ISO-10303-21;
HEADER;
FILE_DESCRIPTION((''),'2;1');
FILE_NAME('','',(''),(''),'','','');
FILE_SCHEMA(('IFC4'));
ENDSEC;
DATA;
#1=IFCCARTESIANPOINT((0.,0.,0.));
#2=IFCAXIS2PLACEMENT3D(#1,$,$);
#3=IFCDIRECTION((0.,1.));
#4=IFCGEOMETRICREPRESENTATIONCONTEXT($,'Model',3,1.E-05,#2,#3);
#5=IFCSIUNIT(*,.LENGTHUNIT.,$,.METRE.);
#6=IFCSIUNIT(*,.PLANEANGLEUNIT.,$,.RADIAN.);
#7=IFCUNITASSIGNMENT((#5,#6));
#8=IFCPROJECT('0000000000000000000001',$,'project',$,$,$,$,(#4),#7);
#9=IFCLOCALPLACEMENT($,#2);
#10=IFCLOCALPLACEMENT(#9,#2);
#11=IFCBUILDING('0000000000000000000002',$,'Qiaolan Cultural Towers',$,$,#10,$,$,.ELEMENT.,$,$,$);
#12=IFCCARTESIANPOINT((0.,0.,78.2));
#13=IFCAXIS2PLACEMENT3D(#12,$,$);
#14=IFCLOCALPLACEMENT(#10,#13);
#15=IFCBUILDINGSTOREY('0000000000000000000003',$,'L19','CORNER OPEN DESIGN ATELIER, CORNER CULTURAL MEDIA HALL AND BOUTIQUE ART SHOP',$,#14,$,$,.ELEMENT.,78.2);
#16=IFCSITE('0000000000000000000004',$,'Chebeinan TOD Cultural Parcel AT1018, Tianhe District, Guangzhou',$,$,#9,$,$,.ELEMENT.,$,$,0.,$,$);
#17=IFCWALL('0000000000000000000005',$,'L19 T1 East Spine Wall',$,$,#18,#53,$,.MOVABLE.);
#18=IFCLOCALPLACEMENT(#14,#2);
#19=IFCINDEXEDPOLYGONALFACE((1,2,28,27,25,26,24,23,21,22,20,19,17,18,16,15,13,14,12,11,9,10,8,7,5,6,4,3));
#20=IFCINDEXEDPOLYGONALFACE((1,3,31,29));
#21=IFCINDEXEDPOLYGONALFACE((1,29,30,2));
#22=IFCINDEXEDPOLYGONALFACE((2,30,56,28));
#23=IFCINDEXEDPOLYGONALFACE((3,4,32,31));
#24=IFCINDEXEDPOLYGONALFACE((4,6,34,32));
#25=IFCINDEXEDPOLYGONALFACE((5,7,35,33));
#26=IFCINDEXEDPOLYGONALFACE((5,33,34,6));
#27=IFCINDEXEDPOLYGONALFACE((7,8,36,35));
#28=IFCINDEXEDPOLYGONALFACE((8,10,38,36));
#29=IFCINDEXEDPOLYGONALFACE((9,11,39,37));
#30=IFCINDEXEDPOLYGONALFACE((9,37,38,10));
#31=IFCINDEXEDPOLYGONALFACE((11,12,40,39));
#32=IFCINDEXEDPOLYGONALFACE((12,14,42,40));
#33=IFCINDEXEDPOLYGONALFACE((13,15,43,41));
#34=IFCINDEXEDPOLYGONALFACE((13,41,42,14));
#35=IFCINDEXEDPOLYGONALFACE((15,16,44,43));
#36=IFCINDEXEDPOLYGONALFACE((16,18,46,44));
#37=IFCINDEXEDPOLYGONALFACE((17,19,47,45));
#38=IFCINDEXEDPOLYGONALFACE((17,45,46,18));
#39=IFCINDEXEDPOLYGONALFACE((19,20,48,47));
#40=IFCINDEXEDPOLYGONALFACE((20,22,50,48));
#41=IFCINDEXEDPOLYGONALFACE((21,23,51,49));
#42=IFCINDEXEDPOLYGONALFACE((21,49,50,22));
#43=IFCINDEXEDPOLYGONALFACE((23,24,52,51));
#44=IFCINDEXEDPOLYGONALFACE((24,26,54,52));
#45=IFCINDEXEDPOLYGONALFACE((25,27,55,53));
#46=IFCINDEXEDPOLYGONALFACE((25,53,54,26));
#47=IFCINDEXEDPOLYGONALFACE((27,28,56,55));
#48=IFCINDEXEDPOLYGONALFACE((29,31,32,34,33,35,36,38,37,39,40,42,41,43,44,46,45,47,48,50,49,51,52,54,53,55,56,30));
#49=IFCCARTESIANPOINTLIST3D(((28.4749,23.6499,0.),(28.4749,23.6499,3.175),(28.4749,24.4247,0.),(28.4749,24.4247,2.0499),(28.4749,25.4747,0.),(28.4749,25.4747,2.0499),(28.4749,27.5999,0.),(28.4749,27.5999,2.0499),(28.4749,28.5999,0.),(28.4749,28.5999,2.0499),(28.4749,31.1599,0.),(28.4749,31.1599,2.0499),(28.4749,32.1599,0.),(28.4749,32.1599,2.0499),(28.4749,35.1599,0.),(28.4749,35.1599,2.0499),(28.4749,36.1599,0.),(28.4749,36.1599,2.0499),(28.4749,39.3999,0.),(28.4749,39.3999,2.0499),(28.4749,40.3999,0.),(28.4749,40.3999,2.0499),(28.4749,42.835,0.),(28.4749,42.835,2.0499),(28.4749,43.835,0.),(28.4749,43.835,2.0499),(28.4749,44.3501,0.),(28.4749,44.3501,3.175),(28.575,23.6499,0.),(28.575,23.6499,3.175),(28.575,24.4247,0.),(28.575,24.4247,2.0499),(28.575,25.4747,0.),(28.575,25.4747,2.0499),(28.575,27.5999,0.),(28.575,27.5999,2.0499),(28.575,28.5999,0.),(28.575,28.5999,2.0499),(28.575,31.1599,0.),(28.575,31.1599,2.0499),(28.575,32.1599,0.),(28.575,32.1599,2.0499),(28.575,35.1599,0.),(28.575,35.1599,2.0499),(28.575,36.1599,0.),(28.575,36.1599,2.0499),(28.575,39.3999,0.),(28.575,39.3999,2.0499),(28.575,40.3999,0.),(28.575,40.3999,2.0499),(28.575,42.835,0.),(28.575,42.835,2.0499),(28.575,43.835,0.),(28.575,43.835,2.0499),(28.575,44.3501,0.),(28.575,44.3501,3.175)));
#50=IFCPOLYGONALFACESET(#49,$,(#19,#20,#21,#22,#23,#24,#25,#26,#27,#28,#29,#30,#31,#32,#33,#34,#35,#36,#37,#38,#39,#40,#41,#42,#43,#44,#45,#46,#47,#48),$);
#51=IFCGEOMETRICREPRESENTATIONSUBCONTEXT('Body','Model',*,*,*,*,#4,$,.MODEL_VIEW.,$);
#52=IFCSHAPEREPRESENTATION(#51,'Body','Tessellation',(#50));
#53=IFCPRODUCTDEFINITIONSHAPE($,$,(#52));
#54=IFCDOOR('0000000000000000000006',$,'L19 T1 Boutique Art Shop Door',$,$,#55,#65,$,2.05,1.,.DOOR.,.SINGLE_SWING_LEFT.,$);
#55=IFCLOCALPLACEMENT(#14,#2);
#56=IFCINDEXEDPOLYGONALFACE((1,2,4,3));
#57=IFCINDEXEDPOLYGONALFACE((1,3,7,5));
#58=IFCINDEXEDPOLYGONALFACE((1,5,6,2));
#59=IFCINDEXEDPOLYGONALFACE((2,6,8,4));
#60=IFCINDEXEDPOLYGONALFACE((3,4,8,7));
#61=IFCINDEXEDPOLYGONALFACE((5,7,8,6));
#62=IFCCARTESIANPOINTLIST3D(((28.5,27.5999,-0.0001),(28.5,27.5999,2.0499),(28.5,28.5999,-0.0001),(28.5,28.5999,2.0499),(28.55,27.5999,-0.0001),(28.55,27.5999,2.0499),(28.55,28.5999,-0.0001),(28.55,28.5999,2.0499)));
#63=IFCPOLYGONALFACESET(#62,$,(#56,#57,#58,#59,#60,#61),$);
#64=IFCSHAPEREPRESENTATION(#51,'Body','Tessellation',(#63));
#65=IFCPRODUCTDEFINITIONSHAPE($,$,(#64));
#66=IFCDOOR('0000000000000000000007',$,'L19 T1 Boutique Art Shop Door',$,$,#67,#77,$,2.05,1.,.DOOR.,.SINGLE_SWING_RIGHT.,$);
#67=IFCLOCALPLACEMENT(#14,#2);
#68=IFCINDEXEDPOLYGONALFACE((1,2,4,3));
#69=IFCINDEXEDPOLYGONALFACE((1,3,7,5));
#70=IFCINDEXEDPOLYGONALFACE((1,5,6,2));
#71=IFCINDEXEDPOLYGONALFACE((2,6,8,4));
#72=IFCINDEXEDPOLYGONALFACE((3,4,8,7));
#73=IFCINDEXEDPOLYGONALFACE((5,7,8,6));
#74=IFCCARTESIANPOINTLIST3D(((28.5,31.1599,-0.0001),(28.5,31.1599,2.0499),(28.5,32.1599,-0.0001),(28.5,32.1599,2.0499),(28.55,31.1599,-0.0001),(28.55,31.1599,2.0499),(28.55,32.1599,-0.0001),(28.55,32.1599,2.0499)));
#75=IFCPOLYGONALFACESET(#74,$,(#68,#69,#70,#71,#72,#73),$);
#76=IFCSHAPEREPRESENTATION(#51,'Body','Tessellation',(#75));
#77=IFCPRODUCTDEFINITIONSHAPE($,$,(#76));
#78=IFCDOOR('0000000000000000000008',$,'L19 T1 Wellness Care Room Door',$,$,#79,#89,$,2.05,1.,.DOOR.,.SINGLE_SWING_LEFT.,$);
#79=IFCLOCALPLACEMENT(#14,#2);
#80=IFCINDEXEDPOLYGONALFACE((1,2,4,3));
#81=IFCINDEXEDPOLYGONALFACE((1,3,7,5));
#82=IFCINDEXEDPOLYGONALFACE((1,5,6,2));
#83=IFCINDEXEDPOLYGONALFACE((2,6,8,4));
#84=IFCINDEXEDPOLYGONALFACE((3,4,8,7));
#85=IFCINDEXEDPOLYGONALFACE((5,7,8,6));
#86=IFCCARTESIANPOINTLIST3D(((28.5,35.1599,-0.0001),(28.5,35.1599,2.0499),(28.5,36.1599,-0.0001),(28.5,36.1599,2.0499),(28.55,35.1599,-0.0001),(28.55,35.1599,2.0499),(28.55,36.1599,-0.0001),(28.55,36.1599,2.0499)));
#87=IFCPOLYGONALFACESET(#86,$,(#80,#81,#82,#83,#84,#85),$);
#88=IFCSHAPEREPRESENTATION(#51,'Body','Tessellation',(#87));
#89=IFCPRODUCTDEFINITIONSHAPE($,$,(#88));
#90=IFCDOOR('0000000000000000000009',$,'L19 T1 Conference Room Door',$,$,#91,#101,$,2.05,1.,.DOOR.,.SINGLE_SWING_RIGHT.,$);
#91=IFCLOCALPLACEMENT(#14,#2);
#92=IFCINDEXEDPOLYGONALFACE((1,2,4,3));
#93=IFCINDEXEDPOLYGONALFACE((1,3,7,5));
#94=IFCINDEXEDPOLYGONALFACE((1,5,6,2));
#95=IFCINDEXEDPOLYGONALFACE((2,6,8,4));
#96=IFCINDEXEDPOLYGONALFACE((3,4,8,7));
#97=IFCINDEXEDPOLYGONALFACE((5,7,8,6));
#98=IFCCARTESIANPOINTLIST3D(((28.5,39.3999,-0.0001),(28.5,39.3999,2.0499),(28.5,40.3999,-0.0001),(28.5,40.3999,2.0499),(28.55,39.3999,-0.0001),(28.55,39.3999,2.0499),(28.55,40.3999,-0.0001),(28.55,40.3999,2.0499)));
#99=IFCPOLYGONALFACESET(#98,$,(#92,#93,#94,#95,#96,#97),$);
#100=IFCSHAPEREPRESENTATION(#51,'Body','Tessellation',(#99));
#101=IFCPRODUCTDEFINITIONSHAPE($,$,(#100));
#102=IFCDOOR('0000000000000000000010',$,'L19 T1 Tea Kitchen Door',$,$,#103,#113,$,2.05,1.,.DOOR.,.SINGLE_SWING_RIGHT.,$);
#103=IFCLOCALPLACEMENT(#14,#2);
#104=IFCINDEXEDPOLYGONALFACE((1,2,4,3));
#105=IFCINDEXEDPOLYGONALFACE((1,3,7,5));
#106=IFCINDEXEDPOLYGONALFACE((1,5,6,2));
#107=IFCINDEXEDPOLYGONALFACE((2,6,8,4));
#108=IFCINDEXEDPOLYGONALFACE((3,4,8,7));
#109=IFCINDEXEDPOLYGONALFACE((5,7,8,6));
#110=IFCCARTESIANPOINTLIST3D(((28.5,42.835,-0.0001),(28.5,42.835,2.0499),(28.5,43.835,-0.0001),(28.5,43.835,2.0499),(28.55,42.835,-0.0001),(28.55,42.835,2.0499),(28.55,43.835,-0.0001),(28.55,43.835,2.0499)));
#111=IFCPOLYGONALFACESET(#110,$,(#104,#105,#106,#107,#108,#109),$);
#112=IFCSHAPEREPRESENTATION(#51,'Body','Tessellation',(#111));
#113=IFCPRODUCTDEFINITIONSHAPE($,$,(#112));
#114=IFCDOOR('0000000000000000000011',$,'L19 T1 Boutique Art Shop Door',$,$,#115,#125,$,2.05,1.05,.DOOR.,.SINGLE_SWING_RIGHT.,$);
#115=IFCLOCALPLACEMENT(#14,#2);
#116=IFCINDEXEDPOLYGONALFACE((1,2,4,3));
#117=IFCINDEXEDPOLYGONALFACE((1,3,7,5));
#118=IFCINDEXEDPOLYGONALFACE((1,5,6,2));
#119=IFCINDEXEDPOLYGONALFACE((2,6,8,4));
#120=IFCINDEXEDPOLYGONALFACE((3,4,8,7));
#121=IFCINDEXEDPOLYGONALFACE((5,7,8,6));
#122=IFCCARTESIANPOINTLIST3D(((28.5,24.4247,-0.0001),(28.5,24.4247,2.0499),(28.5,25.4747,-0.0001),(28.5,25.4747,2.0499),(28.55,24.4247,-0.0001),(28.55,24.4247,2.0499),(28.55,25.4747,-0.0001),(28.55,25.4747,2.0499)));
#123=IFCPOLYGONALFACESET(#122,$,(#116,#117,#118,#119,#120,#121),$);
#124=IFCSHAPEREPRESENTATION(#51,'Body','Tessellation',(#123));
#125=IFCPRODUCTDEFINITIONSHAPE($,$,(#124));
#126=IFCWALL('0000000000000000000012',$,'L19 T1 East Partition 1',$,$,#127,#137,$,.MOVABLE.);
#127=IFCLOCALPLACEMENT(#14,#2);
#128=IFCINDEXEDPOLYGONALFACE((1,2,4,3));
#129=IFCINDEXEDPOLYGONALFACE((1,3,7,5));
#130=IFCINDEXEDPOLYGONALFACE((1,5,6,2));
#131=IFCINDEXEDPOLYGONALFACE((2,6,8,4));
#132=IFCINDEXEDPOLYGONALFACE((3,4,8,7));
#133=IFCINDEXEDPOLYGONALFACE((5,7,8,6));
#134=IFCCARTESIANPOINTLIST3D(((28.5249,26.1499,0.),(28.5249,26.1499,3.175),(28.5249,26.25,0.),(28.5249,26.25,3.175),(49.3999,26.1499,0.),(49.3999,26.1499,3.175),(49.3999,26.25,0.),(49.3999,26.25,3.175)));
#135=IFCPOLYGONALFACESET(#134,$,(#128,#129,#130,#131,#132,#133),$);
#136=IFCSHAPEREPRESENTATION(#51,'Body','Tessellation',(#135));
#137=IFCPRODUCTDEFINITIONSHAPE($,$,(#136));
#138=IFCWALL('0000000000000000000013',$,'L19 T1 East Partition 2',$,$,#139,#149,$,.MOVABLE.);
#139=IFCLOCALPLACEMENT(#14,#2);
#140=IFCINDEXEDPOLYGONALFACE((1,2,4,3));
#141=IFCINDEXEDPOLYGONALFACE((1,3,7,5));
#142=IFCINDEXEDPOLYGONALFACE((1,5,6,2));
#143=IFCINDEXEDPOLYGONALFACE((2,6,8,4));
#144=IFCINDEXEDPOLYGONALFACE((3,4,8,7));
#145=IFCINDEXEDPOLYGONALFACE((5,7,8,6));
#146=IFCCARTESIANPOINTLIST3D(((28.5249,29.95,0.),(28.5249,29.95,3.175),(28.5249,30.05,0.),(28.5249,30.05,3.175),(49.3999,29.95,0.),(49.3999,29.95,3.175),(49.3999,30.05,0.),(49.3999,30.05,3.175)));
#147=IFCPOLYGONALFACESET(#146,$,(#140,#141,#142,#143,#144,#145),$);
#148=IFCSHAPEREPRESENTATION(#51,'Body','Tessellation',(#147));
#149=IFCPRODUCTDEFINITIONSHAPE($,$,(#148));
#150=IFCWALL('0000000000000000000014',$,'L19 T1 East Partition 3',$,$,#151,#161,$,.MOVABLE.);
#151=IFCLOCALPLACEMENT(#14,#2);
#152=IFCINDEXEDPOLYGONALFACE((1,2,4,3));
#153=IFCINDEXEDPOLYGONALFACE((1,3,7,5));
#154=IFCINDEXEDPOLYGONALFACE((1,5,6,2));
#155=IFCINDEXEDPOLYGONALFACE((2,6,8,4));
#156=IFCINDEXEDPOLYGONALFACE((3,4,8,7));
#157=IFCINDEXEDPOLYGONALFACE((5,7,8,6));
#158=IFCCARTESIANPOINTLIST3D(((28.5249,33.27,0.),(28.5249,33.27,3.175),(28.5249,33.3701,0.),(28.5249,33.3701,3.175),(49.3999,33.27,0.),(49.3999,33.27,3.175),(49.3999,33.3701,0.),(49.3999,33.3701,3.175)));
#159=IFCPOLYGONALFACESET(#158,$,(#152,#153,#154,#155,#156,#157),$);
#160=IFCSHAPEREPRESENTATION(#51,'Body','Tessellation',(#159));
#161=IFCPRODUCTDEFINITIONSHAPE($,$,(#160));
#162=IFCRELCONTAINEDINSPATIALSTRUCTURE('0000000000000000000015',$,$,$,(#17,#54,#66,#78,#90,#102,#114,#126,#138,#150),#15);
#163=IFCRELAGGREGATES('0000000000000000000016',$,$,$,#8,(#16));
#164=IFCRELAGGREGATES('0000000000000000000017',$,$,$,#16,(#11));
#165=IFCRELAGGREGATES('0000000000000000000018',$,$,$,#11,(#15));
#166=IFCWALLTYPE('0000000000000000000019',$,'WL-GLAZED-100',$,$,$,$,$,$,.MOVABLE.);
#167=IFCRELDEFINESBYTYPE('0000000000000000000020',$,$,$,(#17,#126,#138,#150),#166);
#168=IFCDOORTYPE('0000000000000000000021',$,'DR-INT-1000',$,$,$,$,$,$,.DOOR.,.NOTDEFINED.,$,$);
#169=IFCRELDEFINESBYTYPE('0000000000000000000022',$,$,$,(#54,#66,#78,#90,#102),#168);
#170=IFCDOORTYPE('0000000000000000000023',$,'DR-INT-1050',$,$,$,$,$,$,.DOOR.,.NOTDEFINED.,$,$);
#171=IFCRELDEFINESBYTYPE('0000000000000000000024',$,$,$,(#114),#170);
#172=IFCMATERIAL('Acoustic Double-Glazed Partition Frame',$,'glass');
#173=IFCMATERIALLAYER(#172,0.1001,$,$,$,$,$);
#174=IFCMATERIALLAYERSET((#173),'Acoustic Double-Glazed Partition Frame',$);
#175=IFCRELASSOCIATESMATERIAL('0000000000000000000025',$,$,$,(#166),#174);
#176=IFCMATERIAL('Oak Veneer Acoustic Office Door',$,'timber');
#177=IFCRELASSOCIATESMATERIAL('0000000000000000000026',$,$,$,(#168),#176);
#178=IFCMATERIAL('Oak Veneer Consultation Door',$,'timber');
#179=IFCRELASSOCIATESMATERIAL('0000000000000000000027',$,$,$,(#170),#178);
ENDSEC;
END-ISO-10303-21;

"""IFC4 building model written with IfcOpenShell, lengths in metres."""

from ifc_helpers import new_model, si_unit, direction, frame, frame_2d, origin, place, context, subcontext, project, spatial, rectangle, extrude, material, layer, layer_set, type_object, element, fill, save


model = new_model("IFC4")

# Units and contexts
model_context = context("Model", 3, precision=1e-05, world=origin(), true_north=direction((0.0, 1.0)))
body_context = subcontext(model_context, "Body", "Model", "MODEL_VIEW")
ifc_project = project(units=[si_unit("LENGTHUNIT", "METRE"), si_unit("PLANEANGLEUNIT", "RADIAN")], contexts=[model_context])

# Site, building, storey
site_placement = place(None, origin())
site = spatial("IfcSite", under=ifc_project, at=site_placement, Name="Chebeinan TOD Cultural Parcel AT1018, Tianhe District, Guangzhou", CompositionType="ELEMENT", RefElevation=0.0)
building_placement = place(site_placement, origin())
building = spatial("IfcBuilding", under=site, at=building_placement, Name="Qiaolan Cultural Towers", CompositionType="ELEMENT")
storey_placement = place(building_placement, frame((0.0, 0.0, 78.2)))
storey = spatial("IfcBuildingStorey", under=building, at=storey_placement, Name="L19", Description="CORNER OPEN DESIGN ATELIER, CORNER CULTURAL MEDIA HALL AND BOUTIQUE ART SHOP", CompositionType="ELEMENT", Elevation=78.2)

# Shared definitions
ifc_material_1 = material(Name="Acoustic Double-Glazed Partition Frame", Category="glass")
ifc_layer_1 = layer(ifc_material_1, 0.1001)
ifc_layer_set_1 = layer_set([ifc_layer_1], Name="Acoustic Double-Glazed Partition Frame")
wall_type_1 = type_object("IfcWallType", Name="WL-GLAZED-100", PredefinedType="MOVABLE", material=ifc_layer_set_1)

# Wall, openings, doors
wall_1_placement = place(storey_placement, frame((28.5249, 23.6499, 0.0), z_axis=(0.0, 0.0, 1.0), x_axis=(0.0, 1.0, 0.0)))
wall_1 = element("IfcWall", 1, at=wall_1_placement, inside=storey, type_object=wall_type_1, Name="L19 T1 East Spine Wall", PredefinedType="MOVABLE", context=body_context, shape_type="SweptSolid", body=[
    extrude(rectangle(XDim=20.7002, YDim=0.1001, at=frame_2d((10.3501, 0.0))), origin(), (0.0, 0.0, 1.0), 3.175),
])
opening_1_placement = place(wall_1_placement, frame((0.7749, 0.0, 0.0)))
opening_1 = element("IfcOpeningElement", 2, at=opening_1_placement, cuts=wall_1, PredefinedType="OPENING", context=body_context, shape_type="SweptSolid", body=[
    extrude(rectangle(XDim=1.05, YDim=2.05, at=frame_2d((0.5249, 1.0249))), frame((0.0, 0.0601, 0.0), z_axis=(0.0, -1.0, 0.0), x_axis=(1.0, 0.0, 0.0)), (0.0, 0.0, 1.0), 0.1201),
])
opening_2_placement = place(wall_1_placement, frame((3.95, 0.0, 0.0)))
opening_2 = element("IfcOpeningElement", 3, at=opening_2_placement, cuts=wall_1, PredefinedType="OPENING", context=body_context, shape_type="SweptSolid", body=[
    extrude(rectangle(XDim=1.0, YDim=2.05, at=frame_2d((0.5, 1.0249))), frame((0.0, 0.0601, 0.0), z_axis=(0.0, -1.0, 0.0), x_axis=(1.0, 0.0, 0.0)), (0.0, 0.0, 1.0), 0.1201),
])
opening_3_placement = place(wall_1_placement, frame((7.51, 0.0, 0.0)))
opening_3 = element("IfcOpeningElement", 4, at=opening_3_placement, cuts=wall_1, PredefinedType="OPENING", context=body_context, shape_type="SweptSolid", body=[
    extrude(rectangle(XDim=1.0, YDim=2.05, at=frame_2d((0.5, 1.0249))), frame((0.0, 0.0601, 0.0), z_axis=(0.0, -1.0, 0.0), x_axis=(1.0, 0.0, 0.0)), (0.0, 0.0, 1.0), 0.1201),
])
opening_4_placement = place(wall_1_placement, frame((11.51, 0.0, 0.0)))
opening_4 = element("IfcOpeningElement", 5, at=opening_4_placement, cuts=wall_1, PredefinedType="OPENING", context=body_context, shape_type="SweptSolid", body=[
    extrude(rectangle(XDim=1.0, YDim=2.05, at=frame_2d((0.5, 1.0249))), frame((0.0, 0.0601, 0.0), z_axis=(0.0, -1.0, 0.0), x_axis=(1.0, 0.0, 0.0)), (0.0, 0.0, 1.0), 0.1201),
])
opening_5_placement = place(wall_1_placement, frame((15.75, 0.0, 0.0)))
opening_5 = element("IfcOpeningElement", 6, at=opening_5_placement, cuts=wall_1, PredefinedType="OPENING", context=body_context, shape_type="SweptSolid", body=[
    extrude(rectangle(XDim=1.0, YDim=2.05, at=frame_2d((0.5, 1.0249))), frame((0.0, 0.0601, 0.0), z_axis=(0.0, -1.0, 0.0), x_axis=(1.0, 0.0, 0.0)), (0.0, 0.0, 1.0), 0.1201),
])
opening_6_placement = place(wall_1_placement, frame((19.1851, 0.0, 0.0)))
opening_6 = element("IfcOpeningElement", 7, at=opening_6_placement, cuts=wall_1, PredefinedType="OPENING", context=body_context, shape_type="SweptSolid", body=[
    extrude(rectangle(XDim=1.0, YDim=2.05, at=frame_2d((0.5, 1.0249))), frame((0.0, 0.0601, 0.0), z_axis=(0.0, -1.0, 0.0), x_axis=(1.0, 0.0, 0.0)), (0.0, 0.0, 1.0), 0.1201),
])
ifc_material_2 = material(Name="Oak Veneer Acoustic Office Door", Category="timber")
door_type_1 = type_object("IfcDoorType", Name="DR-INT-1000", OperationType="NOTDEFINED", PredefinedType="DOOR", material=ifc_material_2)
door_1_placement = place(opening_2_placement, origin())
door_1 = element("IfcDoor", 8, at=door_1_placement, inside=storey, type_object=door_type_1, Name="L19 T1 Boutique Art Shop Door", OperationType="SINGLE_SWING_LEFT", OverallHeight=2.05, OverallWidth=1.0, PredefinedType="DOOR", context=body_context, shape_type="SweptSolid", body=[
    extrude(rectangle(XDim=1.0, YDim=2.05, at=frame_2d((0.5, 1.0249))), frame((0.0, 0.0249, 0.0), z_axis=(0.0, -1.0, 0.0), x_axis=(1.0, 0.0, 0.0)), (0.0, 0.0, 1.0), 0.05),
])
fill(opening_2, door_1)
door_2_placement = place(opening_3_placement, origin())
door_2 = element("IfcDoor", 9, at=door_2_placement, inside=storey, type_object=door_type_1, Name="L19 T1 Boutique Art Shop Door", OperationType="SINGLE_SWING_RIGHT", OverallHeight=2.05, OverallWidth=1.0, PredefinedType="DOOR", context=body_context, shape_type="SweptSolid", body=[
    extrude(rectangle(XDim=1.0, YDim=2.05, at=frame_2d((0.5, 1.0249))), frame((0.0, 0.0249, 0.0), z_axis=(0.0, -1.0, 0.0), x_axis=(1.0, 0.0, 0.0)), (0.0, 0.0, 1.0), 0.05),
])
fill(opening_3, door_2)
door_3_placement = place(opening_4_placement, origin())
door_3 = element("IfcDoor", 10, at=door_3_placement, inside=storey, type_object=door_type_1, Name="L19 T1 Wellness Care Room Door", OperationType="SINGLE_SWING_LEFT", OverallHeight=2.05, OverallWidth=1.0, PredefinedType="DOOR", context=body_context, shape_type="SweptSolid", body=[
    extrude(rectangle(XDim=1.0, YDim=2.05, at=frame_2d((0.5, 1.0249))), frame((0.0, 0.0249, 0.0), z_axis=(0.0, -1.0, 0.0), x_axis=(1.0, 0.0, 0.0)), (0.0, 0.0, 1.0), 0.05),
])
fill(opening_4, door_3)
door_4_placement = place(opening_5_placement, origin())
door_4 = element("IfcDoor", 11, at=door_4_placement, inside=storey, type_object=door_type_1, Name="L19 T1 Conference Room Door", OperationType="SINGLE_SWING_RIGHT", OverallHeight=2.05, OverallWidth=1.0, PredefinedType="DOOR", context=body_context, shape_type="SweptSolid", body=[
    extrude(rectangle(XDim=1.0, YDim=2.05, at=frame_2d((0.5, 1.0249))), frame((0.0, 0.0249, 0.0), z_axis=(0.0, -1.0, 0.0), x_axis=(1.0, 0.0, 0.0)), (0.0, 0.0, 1.0), 0.05),
])
fill(opening_5, door_4)
door_5_placement = place(opening_6_placement, origin())
door_5 = element("IfcDoor", 12, at=door_5_placement, inside=storey, type_object=door_type_1, Name="L19 T1 Tea Kitchen Door", OperationType="SINGLE_SWING_RIGHT", OverallHeight=2.05, OverallWidth=1.0, PredefinedType="DOOR", context=body_context, shape_type="SweptSolid", body=[
    extrude(rectangle(XDim=1.0, YDim=2.05, at=frame_2d((0.5, 1.0249))), frame((0.0, 0.0249, 0.0), z_axis=(0.0, -1.0, 0.0), x_axis=(1.0, 0.0, 0.0)), (0.0, 0.0, 1.0), 0.05),
])
fill(opening_6, door_5)
ifc_material_3 = material(Name="Oak Veneer Consultation Door", Category="timber")
door_type_2 = type_object("IfcDoorType", Name="DR-INT-1050", OperationType="NOTDEFINED", PredefinedType="DOOR", material=ifc_material_3)
door_6_placement = place(opening_1_placement, origin())
door_6 = element("IfcDoor", 13, at=door_6_placement, inside=storey, type_object=door_type_2, Name="L19 T1 Boutique Art Shop Door", OperationType="SINGLE_SWING_RIGHT", OverallHeight=2.05, OverallWidth=1.05, PredefinedType="DOOR", context=body_context, shape_type="SweptSolid", body=[
    extrude(rectangle(XDim=1.05, YDim=2.05, at=frame_2d((0.5249, 1.0249))), frame((0.0, 0.0249, 0.0), z_axis=(0.0, -1.0, 0.0), x_axis=(1.0, 0.0, 0.0)), (0.0, 0.0, 1.0), 0.05),
])
fill(opening_1, door_6)

# Walls
for number, where, z_axis, x_axis, name in (
    (14, (28.5249, 26.2, 0.0), (0.0, 0.0, 1.0), (1.0, 0.0, 0.0), "L19 T1 East Partition 1"),
    (15, (28.5249, 30.0, 0.0), (0.0, 0.0, 1.0), (1.0, 0.0, 0.0), "L19 T1 East Partition 2"),
    (16, (28.5249, 33.3201, 0.0), (0.0, 0.0, 1.0), (1.0, 0.0, 0.0), "L19 T1 East Partition 3"),
):
    element("IfcWall", number, at=place(storey_placement, frame(where, z_axis=z_axis, x_axis=x_axis)), inside=storey, type_object=wall_type_1, Name=name, PredefinedType="MOVABLE", context=body_context, shape_type="SweptSolid", body=[
        extrude(rectangle(XDim=20.875, YDim=0.1001, at=frame_2d((10.4375, 0.0))), origin(), (0.0, 0.0, 1.0), 3.175),
    ])

save(model, "model.ifc")
